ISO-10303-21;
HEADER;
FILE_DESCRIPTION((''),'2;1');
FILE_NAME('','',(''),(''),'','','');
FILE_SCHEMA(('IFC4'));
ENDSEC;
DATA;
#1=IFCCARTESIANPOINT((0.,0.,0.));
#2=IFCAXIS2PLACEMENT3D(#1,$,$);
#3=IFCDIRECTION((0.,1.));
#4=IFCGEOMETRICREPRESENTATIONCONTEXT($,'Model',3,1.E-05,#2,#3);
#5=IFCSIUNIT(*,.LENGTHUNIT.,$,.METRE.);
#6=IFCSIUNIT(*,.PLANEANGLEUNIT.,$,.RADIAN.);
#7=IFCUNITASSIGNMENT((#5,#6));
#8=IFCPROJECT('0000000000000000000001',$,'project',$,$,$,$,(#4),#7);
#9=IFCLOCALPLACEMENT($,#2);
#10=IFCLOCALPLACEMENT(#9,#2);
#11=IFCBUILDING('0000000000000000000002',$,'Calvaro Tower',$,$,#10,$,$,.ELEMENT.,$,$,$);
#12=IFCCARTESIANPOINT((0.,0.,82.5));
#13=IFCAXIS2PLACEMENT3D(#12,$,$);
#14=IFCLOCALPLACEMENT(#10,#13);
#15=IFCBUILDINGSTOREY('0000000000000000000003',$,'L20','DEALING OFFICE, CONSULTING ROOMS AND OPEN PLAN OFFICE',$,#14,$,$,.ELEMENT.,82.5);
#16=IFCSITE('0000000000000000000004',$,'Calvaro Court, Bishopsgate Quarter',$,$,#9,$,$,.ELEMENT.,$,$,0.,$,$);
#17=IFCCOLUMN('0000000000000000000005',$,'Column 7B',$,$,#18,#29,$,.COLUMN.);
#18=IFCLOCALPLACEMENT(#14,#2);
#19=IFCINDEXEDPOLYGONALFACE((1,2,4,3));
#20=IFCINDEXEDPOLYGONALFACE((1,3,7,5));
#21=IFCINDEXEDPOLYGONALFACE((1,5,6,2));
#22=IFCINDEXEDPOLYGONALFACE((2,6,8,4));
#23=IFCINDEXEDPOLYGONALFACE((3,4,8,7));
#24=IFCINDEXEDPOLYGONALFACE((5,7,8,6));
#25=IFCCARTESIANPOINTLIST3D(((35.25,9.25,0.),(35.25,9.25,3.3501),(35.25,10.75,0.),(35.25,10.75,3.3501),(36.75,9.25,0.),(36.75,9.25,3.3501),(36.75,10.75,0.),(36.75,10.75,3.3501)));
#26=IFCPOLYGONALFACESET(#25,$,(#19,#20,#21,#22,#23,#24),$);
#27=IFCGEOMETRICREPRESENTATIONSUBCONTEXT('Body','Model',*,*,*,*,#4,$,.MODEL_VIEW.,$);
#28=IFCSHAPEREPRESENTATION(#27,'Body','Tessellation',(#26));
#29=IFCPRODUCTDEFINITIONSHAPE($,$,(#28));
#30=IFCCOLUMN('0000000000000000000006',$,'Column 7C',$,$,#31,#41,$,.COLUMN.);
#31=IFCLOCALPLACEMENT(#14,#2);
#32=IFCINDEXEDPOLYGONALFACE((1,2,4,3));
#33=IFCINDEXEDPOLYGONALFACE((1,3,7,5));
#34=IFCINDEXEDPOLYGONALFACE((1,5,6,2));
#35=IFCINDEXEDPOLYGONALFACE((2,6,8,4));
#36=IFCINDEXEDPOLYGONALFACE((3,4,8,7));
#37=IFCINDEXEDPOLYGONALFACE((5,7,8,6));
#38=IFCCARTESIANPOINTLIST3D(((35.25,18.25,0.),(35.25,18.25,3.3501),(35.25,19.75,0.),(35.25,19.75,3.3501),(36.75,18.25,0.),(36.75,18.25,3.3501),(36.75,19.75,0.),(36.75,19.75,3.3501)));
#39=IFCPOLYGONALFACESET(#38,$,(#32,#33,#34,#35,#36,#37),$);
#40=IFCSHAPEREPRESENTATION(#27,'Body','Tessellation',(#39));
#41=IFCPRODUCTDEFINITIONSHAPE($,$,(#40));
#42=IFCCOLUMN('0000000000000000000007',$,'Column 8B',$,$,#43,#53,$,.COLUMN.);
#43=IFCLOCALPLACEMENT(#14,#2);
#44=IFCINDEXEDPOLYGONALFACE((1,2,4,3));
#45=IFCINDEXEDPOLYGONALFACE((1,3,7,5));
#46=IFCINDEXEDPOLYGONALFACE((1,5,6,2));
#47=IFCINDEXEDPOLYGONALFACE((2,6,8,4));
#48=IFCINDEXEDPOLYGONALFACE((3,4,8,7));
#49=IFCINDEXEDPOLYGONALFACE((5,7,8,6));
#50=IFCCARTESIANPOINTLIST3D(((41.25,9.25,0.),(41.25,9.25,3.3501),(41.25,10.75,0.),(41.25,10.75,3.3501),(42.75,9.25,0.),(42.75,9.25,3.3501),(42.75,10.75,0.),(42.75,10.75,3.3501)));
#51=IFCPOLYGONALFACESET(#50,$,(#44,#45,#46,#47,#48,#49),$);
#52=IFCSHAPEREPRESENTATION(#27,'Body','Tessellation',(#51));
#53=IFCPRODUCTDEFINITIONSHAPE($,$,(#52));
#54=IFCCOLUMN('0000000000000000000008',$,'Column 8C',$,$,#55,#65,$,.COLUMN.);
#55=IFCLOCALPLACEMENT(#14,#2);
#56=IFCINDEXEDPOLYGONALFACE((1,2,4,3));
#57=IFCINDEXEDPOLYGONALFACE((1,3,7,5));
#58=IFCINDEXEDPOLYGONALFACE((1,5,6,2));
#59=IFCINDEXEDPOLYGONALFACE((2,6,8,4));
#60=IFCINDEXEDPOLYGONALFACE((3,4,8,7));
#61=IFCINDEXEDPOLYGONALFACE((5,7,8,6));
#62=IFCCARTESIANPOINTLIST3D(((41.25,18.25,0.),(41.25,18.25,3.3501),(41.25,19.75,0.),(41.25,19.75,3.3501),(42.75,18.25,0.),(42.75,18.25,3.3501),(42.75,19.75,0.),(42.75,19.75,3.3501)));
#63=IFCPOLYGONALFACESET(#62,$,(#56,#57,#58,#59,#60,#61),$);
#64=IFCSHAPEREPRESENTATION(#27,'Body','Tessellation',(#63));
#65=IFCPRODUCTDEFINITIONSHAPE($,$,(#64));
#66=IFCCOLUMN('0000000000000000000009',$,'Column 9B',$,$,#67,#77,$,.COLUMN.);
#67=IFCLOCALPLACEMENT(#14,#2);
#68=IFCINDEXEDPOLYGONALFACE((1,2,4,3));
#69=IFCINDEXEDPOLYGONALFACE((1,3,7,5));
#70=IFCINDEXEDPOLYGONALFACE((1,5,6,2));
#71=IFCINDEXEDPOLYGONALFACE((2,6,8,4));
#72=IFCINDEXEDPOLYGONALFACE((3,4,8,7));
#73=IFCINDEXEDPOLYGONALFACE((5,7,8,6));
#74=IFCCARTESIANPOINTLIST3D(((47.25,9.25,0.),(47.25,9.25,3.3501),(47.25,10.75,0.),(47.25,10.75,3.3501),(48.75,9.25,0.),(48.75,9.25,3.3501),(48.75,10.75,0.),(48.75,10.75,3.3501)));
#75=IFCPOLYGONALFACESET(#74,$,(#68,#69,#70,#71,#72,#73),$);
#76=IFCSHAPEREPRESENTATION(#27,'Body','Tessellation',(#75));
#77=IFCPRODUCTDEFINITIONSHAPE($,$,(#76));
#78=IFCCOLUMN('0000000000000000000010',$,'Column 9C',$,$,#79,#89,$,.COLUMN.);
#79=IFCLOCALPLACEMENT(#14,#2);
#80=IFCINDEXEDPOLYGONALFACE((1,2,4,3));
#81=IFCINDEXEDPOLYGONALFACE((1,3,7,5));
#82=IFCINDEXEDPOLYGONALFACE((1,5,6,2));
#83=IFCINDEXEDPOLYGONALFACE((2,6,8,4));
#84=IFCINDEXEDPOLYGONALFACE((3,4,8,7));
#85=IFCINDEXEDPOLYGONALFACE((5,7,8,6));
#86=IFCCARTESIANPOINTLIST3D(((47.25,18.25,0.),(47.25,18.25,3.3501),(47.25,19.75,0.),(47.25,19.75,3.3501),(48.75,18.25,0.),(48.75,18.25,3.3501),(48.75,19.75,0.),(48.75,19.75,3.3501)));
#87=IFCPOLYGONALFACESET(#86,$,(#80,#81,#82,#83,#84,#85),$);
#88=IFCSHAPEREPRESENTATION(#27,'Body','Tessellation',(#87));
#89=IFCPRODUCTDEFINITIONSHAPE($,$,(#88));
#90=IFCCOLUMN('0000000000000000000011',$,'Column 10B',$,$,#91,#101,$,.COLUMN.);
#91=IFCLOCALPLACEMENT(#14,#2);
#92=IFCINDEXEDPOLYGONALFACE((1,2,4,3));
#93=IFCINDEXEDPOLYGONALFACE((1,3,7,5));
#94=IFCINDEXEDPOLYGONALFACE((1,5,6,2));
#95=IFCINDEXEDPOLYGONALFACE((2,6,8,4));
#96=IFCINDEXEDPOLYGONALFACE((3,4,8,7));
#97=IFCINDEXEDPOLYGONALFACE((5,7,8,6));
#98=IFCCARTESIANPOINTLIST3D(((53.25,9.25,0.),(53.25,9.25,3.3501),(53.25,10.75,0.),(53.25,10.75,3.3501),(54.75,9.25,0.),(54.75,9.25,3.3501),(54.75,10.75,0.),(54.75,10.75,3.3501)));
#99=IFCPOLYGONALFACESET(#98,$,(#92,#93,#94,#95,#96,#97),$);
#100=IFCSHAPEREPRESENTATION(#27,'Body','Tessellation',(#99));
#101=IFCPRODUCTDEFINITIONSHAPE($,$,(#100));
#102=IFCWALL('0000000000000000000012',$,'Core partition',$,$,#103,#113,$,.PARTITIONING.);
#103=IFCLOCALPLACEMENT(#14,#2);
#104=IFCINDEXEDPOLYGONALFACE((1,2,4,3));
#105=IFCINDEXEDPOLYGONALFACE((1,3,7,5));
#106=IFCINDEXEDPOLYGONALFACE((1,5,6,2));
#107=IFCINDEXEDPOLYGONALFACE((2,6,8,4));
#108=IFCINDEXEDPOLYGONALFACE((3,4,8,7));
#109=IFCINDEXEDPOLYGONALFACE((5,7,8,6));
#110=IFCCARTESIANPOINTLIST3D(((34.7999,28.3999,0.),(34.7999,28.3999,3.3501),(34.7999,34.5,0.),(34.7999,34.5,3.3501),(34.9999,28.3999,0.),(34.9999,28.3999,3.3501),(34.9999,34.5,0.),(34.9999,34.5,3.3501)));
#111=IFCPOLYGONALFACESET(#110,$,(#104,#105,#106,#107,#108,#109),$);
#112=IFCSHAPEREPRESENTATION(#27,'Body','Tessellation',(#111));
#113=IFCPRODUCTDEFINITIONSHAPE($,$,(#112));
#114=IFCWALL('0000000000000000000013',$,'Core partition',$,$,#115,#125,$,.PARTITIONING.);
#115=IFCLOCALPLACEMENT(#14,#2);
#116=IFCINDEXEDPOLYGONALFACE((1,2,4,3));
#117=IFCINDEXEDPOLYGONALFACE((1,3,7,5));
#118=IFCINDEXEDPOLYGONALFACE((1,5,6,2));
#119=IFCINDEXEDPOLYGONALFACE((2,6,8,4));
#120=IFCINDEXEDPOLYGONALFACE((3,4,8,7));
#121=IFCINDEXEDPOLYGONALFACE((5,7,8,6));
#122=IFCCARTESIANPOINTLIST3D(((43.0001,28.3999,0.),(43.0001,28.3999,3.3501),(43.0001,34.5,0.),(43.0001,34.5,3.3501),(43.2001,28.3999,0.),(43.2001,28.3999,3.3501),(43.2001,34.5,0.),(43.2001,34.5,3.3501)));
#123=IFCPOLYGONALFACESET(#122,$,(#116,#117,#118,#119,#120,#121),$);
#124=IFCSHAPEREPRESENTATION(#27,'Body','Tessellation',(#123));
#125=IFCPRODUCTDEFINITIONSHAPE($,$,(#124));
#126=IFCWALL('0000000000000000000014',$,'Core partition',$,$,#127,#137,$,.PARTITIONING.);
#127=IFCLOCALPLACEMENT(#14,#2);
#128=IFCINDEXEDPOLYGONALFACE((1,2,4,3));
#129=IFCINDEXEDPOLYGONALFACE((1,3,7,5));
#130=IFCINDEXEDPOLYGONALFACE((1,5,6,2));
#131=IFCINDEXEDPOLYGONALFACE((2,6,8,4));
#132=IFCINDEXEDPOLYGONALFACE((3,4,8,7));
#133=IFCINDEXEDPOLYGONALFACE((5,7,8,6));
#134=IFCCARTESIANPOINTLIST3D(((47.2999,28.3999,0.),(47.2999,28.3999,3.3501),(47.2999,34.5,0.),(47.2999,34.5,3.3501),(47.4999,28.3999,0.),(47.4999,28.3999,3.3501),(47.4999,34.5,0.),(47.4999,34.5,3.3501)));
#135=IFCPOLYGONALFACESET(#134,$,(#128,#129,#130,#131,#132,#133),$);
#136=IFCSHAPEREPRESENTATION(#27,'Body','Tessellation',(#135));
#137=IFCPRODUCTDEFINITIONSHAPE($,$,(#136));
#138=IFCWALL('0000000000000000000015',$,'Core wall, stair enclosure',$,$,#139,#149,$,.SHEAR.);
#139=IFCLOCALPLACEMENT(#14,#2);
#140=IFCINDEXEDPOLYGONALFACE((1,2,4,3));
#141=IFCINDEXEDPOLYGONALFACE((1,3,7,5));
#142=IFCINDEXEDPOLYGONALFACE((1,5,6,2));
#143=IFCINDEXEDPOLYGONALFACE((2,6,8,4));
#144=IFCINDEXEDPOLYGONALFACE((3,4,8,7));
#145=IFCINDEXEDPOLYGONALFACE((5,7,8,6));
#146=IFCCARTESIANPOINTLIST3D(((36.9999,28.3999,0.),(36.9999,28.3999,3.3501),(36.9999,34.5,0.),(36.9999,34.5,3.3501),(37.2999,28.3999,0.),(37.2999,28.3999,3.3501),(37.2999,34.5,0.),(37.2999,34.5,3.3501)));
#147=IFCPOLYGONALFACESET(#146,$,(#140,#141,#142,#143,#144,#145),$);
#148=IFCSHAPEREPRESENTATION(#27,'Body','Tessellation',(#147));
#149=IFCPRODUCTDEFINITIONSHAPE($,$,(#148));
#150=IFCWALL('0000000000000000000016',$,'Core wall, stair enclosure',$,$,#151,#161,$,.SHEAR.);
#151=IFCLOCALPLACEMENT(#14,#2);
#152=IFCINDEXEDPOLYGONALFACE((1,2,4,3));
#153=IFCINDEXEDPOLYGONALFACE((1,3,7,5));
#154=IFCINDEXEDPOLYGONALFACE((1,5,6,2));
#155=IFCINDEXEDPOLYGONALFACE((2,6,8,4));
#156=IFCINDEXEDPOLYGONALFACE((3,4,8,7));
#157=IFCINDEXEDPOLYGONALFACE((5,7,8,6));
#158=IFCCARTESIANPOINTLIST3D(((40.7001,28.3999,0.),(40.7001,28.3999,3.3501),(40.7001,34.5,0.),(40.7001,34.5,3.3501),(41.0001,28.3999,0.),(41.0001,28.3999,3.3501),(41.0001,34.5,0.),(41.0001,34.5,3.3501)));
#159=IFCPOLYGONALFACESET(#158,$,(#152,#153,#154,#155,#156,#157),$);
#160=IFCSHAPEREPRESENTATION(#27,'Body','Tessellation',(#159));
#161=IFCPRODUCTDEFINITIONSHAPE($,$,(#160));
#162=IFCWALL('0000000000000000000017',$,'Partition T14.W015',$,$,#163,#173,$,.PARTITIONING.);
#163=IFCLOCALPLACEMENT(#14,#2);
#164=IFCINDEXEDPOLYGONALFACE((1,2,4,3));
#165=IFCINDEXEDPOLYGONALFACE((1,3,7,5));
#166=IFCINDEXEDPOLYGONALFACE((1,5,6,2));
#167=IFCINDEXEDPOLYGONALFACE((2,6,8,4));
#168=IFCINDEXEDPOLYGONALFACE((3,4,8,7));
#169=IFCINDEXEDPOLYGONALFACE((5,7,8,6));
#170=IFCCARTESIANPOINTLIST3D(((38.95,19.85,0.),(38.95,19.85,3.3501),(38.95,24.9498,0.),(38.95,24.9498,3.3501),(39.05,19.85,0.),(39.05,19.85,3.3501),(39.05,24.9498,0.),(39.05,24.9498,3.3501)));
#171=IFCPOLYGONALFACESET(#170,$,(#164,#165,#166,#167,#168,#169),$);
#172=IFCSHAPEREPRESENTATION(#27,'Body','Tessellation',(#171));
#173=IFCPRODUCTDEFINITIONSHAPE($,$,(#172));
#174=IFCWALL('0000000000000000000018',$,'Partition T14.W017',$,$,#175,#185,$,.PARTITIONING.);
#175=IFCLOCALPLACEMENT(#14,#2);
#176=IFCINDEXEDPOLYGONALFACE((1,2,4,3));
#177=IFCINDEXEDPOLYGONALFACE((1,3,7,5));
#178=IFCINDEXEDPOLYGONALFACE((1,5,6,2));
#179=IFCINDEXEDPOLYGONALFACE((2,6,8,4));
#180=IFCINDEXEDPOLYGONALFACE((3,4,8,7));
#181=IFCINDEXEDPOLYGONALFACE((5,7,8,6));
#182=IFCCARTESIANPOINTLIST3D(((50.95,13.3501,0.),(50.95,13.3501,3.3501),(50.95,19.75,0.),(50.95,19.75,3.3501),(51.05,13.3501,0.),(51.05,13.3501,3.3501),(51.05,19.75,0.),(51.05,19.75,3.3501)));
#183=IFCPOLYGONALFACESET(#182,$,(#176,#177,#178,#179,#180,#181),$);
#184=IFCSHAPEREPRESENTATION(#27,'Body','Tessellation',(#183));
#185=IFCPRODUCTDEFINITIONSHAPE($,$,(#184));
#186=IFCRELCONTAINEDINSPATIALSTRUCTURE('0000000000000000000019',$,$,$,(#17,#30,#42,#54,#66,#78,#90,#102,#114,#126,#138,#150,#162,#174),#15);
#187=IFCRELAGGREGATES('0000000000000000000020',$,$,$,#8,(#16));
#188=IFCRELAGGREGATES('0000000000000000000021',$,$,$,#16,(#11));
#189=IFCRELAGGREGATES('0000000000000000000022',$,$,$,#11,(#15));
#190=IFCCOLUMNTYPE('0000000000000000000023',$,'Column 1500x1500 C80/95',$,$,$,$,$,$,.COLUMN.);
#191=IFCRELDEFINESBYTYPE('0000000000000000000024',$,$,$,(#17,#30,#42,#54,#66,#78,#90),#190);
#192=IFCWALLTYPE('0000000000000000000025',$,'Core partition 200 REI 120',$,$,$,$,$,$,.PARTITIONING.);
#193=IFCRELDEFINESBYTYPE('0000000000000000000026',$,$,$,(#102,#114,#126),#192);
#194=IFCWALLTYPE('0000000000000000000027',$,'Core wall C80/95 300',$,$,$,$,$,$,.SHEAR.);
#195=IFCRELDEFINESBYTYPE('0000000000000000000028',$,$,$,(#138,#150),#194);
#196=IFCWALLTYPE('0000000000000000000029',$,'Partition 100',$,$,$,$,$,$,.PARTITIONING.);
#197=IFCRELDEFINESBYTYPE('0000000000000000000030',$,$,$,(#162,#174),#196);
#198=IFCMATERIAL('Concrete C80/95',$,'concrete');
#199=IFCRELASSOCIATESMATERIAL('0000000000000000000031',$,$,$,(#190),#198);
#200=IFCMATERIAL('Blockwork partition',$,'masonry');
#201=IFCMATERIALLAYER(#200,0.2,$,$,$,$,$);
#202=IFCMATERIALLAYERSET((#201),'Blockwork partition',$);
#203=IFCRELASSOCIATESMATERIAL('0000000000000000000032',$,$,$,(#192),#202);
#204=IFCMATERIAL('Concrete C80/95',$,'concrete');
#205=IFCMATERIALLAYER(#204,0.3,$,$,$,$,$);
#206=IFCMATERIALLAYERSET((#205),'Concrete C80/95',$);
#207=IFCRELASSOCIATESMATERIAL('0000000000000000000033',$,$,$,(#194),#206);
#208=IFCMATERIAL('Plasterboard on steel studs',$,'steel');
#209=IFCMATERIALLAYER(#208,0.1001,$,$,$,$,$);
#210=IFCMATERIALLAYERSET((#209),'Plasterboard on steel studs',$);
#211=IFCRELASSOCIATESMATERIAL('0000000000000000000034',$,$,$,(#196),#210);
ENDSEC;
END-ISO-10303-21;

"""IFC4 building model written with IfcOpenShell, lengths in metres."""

from ifc_helpers import new_model, si_unit, direction, frame, frame_2d, origin, origin_2d, place, context, subcontext, project, spatial, rectangle, extrude, material, layer, layer_set, material_profile, profile_set, type_object, element, save


model = new_model("IFC4")

# Units and contexts
model_context = context("Model", 3, precision=1e-05, world=origin(), true_north=direction((0.0, 1.0)))
body_context = subcontext(model_context, "Body", "Model", "MODEL_VIEW")
ifc_project = project(units=[si_unit("LENGTHUNIT", "METRE"), si_unit("PLANEANGLEUNIT", "RADIAN")], contexts=[model_context])

# Site, building, storey
site_placement = place(None, origin())
site = spatial("IfcSite", under=ifc_project, at=site_placement, Name="Calvaro Court, Bishopsgate Quarter", CompositionType="ELEMENT", RefElevation=0.0)
building_placement = place(site_placement, origin())
building = spatial("IfcBuilding", under=site, at=building_placement, Name="Calvaro Tower", CompositionType="ELEMENT")
storey_placement = place(building_placement, frame((0.0, 0.0, 82.5)))
storey = spatial("IfcBuildingStorey", under=building, at=storey_placement, Name="L20", Description="DEALING OFFICE, CONSULTING ROOMS AND OPEN PLAN OFFICE", CompositionType="ELEMENT", Elevation=82.5)

# Columns
ifc_material_1 = material(Name="Concrete C80/95", Category="concrete")
ifc_material_profile = material_profile(ifc_material_1, rectangle(XDim=1.5, YDim=1.5, at=origin_2d()), Name="RC 1500x1500")
ifc_profile_set = profile_set([ifc_material_profile], Name="Concrete C80/95")
column_type = type_object("IfcColumnType", Name="Column 1500x1500 C80/95", PredefinedType="COLUMN", material=ifc_profile_set)
for number, where, z_axis, x_axis, name in (
    (1, (36.0, 10.0, 0.0), (0.0, 0.0, 1.0), (1.0, 0.0, 0.0), "Column 7B"),
    (2, (36.0, 19.0, 0.0), (0.0, 0.0, 1.0), (1.0, 0.0, 0.0), "Column 7C"),
    (3, (42.0, 10.0, 0.0), (0.0, 0.0, 1.0), (1.0, 0.0, 0.0), "Column 8B"),
    (4, (42.0, 19.0, 0.0), (0.0, 0.0, 1.0), (1.0, 0.0, 0.0), "Column 8C"),
    (5, (48.0, 10.0, 0.0), (0.0, 0.0, 1.0), (1.0, 0.0, 0.0), "Column 9B"),
    (6, (48.0, 19.0, 0.0), (0.0, 0.0, 1.0), (1.0, 0.0, 0.0), "Column 9C"),
    (7, (54.0, 10.0, 0.0), (0.0, 0.0, 1.0), (1.0, 0.0, 0.0), "Column 10B"),
):
    element("IfcColumn", number, at=place(storey_placement, frame(where, z_axis=z_axis, x_axis=x_axis)), inside=storey, type_object=column_type, Name=name, PredefinedType="COLUMN", context=body_context, shape_type="SweptSolid", body=[
        extrude(rectangle(XDim=1.5, YDim=1.5, at=origin_2d()), origin(), (0.0, 0.0, 1.0), 3.3501),
    ])

# Walls
ifc_material_2 = material(Name="Blockwork partition", Category="masonry")
ifc_layer_1 = layer(ifc_material_2, 0.2)
ifc_layer_set_1 = layer_set([ifc_layer_1], Name="Blockwork partition")
wall_type_1 = type_object("IfcWallType", Name="Core partition 200 REI 120", PredefinedType="PARTITIONING", material=ifc_layer_set_1)
for number, where, z_axis, x_axis, name in (
    (8, (34.8999, 28.3999, 0.0), (0.0, 0.0, 1.0), (0.0, 1.0, 0.0), "Core partition"),
    (9, (43.1001, 28.3999, 0.0), (0.0, 0.0, 1.0), (0.0, 1.0, 0.0), "Core partition"),
    (10, (47.3999, 28.3999, 0.0), (0.0, 0.0, 1.0), (0.0, 1.0, 0.0), "Core partition"),
):
    element("IfcWall", number, at=place(storey_placement, frame(where, z_axis=z_axis, x_axis=x_axis)), inside=storey, type_object=wall_type_1, Name=name, PredefinedType="PARTITIONING", context=body_context, shape_type="SweptSolid", body=[
        extrude(rectangle(XDim=6.1001, YDim=0.2, at=frame_2d((3.05, 0.0))), origin(), (0.0, 0.0, 1.0), 3.3501),
    ])
ifc_material_3 = material(Name="Concrete C80/95", Category="concrete")
ifc_layer_2 = layer(ifc_material_3, 0.3)
ifc_layer_set_2 = layer_set([ifc_layer_2], Name="Concrete C80/95")
wall_type_2 = type_object("IfcWallType", Name="Core wall C80/95 300", PredefinedType="SHEAR", material=ifc_layer_set_2)
for number, where, z_axis, x_axis, name in (
    (11, (37.1499, 28.3999, 0.0), (0.0, 0.0, 1.0), (0.0, 1.0, 0.0), "Core wall, stair enclosure"),
    (12, (40.8501, 28.3999, 0.0), (0.0, 0.0, 1.0), (0.0, 1.0, 0.0), "Core wall, stair enclosure"),
):
    element("IfcWall", number, at=place(storey_placement, frame(where, z_axis=z_axis, x_axis=x_axis)), inside=storey, type_object=wall_type_2, Name=name, PredefinedType="SHEAR", context=body_context, shape_type="SweptSolid", body=[
        extrude(rectangle(XDim=6.1001, YDim=0.3, at=frame_2d((3.05, 0.0))), origin(), (0.0, 0.0, 1.0), 3.3501),
    ])
ifc_material_4 = material(Name="Plasterboard on steel studs", Category="steel")
ifc_layer_3 = layer(ifc_material_4, 0.1001)
ifc_layer_set_3 = layer_set([ifc_layer_3], Name="Plasterboard on steel studs")
wall_type_3 = type_object("IfcWallType", Name="Partition 100", PredefinedType="PARTITIONING", material=ifc_layer_set_3)
wall_1_placement = place(storey_placement, frame((39.0, 19.8501, 0.0), z_axis=(0.0, 0.0, 1.0), x_axis=(0.0, 1.0, 0.0)))
element("IfcWall", 13, at=wall_1_placement, inside=storey, type_object=wall_type_3, Name="Partition T14.W015", PredefinedType="PARTITIONING", context=body_context, shape_type="SweptSolid", body=[
    extrude(rectangle(XDim=5.0999, YDim=0.1001, at=frame_2d((2.5498, 0.0))), origin(), (0.0, 0.0, 1.0), 3.3501),
])
wall_2_placement = place(storey_placement, frame((51.0, 13.3501, 0.0), z_axis=(0.0, 0.0, 1.0), x_axis=(0.0, 1.0, 0.0)))
element("IfcWall", 14, at=wall_2_placement, inside=storey, type_object=wall_type_3, Name="Partition T14.W017", PredefinedType="PARTITIONING", context=body_context, shape_type="SweptSolid", body=[
    extrude(rectangle(XDim=6.3999, YDim=0.1001, at=frame_2d((3.2, 0.0))), origin(), (0.0, 0.0, 1.0), 3.3501),
])

save(model, "model.ifc")
